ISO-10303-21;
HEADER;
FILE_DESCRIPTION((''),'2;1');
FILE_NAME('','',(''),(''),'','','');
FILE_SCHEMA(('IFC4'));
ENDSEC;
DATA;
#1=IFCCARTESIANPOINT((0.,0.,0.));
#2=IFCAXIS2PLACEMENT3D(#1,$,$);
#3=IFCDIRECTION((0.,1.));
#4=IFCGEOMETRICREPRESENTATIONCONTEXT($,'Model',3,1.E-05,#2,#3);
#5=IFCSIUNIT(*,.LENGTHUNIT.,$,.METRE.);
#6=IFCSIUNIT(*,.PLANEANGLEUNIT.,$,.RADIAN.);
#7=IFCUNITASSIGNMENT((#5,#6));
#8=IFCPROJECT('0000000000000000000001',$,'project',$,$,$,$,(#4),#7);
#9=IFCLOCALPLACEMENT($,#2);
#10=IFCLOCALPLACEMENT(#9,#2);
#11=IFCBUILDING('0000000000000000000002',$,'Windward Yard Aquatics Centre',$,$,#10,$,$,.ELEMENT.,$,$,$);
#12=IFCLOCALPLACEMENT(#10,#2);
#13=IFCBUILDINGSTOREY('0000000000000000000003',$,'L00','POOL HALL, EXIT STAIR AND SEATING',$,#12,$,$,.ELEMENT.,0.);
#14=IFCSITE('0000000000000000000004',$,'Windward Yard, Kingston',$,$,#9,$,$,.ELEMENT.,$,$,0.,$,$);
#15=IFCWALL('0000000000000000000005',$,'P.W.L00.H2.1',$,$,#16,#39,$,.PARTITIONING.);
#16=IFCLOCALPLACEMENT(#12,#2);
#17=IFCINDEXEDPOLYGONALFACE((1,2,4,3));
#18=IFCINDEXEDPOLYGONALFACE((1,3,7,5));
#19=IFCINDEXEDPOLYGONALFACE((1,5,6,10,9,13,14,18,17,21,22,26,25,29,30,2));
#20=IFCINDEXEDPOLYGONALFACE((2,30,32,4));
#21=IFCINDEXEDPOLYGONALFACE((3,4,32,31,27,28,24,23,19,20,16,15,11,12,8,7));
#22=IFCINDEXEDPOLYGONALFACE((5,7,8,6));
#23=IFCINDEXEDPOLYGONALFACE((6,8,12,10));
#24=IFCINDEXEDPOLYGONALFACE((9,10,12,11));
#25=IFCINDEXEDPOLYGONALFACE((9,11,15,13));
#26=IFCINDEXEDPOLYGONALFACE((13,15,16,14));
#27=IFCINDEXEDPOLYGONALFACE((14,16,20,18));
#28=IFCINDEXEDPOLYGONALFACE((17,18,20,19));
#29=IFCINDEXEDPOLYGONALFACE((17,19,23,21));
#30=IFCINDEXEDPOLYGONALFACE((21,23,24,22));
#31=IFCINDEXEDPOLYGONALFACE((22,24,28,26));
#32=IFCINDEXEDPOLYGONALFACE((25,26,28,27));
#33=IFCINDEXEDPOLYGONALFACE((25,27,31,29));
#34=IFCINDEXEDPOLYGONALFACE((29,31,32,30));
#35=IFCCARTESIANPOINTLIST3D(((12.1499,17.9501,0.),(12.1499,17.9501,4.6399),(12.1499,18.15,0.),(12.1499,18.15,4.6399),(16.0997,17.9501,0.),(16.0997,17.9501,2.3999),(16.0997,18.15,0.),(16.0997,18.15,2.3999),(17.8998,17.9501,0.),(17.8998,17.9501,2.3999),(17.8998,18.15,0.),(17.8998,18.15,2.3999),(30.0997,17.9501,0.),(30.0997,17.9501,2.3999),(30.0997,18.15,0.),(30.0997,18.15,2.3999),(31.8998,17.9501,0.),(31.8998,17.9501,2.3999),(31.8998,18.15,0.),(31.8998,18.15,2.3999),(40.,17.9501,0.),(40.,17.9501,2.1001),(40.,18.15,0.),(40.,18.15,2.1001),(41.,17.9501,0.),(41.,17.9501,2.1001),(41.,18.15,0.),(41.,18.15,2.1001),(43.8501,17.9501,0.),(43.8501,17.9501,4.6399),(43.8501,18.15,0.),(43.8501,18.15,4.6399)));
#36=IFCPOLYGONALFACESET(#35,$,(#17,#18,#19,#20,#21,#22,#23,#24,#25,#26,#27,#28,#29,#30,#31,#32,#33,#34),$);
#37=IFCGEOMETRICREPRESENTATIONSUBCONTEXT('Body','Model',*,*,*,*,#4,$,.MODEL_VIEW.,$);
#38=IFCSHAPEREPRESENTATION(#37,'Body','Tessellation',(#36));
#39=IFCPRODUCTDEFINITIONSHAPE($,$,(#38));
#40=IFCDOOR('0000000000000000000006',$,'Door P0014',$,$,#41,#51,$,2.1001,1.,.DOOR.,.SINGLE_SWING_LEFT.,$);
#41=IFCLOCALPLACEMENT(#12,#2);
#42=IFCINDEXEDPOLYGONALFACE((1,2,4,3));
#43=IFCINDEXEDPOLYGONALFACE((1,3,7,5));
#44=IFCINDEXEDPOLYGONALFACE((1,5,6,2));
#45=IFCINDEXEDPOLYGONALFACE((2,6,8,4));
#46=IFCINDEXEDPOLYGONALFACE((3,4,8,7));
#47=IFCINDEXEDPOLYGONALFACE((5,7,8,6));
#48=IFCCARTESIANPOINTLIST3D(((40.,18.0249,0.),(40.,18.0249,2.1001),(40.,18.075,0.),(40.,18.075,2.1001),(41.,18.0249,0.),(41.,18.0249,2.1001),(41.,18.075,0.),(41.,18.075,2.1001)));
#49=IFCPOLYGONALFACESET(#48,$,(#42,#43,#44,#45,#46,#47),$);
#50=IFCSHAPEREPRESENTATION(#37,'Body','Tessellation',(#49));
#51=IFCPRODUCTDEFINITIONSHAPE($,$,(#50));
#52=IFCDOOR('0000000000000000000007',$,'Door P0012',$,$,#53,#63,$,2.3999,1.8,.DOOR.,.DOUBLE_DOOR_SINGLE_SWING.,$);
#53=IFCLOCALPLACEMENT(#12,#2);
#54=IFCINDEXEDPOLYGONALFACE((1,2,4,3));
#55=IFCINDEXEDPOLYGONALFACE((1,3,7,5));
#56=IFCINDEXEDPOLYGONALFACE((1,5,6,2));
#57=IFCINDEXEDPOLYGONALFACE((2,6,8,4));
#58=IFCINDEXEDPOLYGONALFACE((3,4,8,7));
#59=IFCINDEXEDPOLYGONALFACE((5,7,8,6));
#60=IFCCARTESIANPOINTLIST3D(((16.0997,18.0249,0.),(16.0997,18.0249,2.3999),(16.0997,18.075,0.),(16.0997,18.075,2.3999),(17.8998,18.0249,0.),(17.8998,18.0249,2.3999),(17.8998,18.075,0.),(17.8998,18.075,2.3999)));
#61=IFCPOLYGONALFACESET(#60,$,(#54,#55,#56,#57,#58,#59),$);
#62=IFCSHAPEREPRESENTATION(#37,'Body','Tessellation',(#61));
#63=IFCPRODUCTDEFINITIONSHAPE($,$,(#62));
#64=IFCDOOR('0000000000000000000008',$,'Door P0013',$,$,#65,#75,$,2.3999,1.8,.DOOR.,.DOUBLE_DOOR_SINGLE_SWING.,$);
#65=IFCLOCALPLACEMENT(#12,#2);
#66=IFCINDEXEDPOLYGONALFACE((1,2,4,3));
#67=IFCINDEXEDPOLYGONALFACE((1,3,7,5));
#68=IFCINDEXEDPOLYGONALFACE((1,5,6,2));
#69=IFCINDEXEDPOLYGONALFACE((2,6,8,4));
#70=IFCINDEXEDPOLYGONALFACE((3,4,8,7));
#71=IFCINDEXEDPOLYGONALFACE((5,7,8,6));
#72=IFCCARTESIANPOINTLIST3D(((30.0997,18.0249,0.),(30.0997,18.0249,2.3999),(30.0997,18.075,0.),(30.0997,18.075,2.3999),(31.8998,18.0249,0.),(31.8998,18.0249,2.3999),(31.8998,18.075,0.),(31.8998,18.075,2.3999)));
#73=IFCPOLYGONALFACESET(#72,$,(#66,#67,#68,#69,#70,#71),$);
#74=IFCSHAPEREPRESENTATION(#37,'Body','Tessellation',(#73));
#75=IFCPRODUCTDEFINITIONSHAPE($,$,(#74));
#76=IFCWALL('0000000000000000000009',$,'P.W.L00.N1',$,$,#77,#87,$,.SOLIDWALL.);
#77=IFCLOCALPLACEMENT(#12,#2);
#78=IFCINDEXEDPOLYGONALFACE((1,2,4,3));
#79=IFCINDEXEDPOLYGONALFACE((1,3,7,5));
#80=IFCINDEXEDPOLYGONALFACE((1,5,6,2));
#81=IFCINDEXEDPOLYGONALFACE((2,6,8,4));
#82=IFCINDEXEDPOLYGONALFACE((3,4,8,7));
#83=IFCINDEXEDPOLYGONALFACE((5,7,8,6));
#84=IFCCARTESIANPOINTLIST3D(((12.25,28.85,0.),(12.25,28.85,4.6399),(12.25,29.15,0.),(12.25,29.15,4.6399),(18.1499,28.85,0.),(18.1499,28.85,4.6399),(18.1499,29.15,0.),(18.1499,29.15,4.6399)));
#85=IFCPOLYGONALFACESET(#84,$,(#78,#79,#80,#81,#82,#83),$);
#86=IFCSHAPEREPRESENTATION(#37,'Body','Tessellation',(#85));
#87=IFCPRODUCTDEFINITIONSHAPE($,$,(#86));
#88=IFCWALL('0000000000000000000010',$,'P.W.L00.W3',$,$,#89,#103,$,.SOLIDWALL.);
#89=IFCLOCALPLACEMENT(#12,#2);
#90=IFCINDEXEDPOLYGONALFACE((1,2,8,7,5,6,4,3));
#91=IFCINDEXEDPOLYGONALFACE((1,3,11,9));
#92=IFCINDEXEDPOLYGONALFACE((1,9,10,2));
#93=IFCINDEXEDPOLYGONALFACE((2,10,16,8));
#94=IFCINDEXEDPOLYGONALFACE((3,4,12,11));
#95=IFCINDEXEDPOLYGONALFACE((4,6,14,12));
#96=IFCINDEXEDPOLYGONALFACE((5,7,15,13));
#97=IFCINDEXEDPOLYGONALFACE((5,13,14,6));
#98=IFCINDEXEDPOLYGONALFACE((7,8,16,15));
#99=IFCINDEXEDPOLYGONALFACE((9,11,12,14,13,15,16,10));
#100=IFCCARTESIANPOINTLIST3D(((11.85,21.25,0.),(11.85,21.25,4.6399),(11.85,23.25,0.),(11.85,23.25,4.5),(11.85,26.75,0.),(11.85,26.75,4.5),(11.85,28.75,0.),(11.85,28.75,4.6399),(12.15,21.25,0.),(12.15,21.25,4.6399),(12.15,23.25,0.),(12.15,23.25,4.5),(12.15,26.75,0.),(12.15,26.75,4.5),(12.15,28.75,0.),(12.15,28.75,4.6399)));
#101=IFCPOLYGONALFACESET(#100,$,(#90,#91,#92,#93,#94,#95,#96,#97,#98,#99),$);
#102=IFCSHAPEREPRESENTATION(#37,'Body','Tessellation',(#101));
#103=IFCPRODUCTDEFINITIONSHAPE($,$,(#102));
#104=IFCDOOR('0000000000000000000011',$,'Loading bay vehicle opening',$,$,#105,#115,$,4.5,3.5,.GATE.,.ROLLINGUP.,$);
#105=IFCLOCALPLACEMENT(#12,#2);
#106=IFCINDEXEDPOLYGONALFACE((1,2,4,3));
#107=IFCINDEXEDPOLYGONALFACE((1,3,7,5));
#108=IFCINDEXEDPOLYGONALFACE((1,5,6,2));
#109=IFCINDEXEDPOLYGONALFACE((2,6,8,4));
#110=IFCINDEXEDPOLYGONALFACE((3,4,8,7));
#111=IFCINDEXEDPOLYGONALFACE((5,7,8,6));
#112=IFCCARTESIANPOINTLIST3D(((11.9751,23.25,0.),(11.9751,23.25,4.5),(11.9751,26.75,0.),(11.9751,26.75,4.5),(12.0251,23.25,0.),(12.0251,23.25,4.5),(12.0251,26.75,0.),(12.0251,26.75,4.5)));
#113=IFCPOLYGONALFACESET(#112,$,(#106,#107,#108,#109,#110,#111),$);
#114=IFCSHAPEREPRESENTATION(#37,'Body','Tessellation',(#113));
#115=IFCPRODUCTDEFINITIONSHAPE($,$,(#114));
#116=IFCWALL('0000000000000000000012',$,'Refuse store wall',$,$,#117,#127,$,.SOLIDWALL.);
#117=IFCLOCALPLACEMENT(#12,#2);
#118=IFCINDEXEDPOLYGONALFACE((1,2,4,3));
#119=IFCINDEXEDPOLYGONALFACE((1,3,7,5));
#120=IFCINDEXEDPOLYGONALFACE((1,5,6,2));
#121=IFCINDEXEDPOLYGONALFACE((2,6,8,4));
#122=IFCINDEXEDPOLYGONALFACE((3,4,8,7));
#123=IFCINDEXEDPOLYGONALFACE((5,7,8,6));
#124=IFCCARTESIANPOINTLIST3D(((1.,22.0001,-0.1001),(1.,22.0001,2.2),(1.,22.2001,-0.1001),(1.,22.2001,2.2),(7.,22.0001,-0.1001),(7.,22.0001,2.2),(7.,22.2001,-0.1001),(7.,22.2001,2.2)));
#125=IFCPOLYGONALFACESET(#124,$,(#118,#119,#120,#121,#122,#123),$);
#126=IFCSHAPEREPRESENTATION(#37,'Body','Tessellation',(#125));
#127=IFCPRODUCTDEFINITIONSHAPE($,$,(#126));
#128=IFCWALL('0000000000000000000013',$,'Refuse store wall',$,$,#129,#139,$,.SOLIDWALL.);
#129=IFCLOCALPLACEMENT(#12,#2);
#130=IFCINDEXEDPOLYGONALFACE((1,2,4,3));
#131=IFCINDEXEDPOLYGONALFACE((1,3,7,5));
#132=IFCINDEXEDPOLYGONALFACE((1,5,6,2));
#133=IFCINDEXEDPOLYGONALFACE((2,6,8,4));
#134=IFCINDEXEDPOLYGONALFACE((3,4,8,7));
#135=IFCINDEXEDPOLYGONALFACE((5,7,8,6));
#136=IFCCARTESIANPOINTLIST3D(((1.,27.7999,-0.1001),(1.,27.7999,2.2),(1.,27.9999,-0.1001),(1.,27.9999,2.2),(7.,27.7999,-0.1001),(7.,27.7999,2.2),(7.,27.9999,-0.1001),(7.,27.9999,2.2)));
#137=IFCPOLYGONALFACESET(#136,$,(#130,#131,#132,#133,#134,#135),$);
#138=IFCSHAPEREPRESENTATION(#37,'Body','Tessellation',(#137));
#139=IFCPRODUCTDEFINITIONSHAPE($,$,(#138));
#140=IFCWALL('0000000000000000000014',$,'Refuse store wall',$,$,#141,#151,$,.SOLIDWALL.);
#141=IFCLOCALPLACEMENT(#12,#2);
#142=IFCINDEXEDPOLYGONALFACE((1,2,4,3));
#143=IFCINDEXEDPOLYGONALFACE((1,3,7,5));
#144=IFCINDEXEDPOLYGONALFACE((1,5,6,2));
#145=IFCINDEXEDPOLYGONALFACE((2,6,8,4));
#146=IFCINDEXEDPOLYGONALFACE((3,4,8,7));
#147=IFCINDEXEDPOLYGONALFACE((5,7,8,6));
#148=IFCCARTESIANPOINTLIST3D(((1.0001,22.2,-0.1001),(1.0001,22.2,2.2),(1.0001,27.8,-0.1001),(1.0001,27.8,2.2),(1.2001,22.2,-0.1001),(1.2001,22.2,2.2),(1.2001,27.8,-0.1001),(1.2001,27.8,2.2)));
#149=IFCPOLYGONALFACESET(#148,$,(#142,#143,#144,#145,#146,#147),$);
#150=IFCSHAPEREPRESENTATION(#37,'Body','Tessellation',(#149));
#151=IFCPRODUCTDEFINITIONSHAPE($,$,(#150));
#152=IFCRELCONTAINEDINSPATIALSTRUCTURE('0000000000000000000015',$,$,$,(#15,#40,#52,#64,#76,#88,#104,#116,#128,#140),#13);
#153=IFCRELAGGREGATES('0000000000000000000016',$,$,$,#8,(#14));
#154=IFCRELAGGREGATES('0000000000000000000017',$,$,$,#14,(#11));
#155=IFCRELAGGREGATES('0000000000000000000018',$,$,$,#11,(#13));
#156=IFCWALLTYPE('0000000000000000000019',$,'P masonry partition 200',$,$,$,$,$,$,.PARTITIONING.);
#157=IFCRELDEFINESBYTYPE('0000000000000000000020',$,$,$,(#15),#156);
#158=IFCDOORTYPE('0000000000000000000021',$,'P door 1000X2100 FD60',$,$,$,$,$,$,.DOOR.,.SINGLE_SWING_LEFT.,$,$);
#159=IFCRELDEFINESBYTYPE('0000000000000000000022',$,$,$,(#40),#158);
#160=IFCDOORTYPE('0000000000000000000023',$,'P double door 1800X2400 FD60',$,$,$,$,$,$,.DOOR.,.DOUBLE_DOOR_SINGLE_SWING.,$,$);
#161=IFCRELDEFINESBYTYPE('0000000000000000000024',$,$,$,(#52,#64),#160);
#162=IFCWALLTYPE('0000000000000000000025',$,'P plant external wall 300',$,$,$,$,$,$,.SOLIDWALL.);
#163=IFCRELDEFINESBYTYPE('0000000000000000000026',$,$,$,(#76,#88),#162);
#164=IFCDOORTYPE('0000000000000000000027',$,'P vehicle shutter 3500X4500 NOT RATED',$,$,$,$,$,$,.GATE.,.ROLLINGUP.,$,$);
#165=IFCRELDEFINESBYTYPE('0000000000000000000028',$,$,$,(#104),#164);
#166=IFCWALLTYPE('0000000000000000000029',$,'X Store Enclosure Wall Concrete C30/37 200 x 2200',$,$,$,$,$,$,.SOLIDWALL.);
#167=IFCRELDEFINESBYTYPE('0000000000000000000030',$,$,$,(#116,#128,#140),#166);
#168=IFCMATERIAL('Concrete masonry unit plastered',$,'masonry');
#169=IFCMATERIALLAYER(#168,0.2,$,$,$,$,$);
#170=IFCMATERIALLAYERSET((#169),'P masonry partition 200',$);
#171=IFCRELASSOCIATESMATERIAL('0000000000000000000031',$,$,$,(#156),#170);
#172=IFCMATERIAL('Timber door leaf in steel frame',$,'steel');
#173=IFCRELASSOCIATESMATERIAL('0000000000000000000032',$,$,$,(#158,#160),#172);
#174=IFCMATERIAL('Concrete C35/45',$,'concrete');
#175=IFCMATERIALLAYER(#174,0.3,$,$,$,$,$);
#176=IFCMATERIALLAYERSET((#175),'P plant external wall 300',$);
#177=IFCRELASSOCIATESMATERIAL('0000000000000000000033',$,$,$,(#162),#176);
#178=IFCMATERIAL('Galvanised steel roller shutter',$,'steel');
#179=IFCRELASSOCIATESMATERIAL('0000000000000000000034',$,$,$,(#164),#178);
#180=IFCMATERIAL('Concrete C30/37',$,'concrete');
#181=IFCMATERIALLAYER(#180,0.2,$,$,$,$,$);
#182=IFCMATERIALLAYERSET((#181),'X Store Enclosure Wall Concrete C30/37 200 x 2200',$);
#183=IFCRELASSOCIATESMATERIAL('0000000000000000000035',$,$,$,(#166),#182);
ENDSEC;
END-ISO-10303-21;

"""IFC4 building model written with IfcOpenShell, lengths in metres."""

from ifc_helpers import new_model, si_unit, direction, frame, frame_2d, origin, place, context, subcontext, project, spatial, rectangle, extrude, material, layer, layer_set, type_object, element, fill, save


model = new_model("IFC4")

# Units and contexts
model_context = context("Model", 3, precision=1e-05, world=origin(), true_north=direction((0.0, 1.0)))
body_context = subcontext(model_context, "Body", "Model", "MODEL_VIEW")
ifc_project = project(units=[si_unit("LENGTHUNIT", "METRE"), si_unit("PLANEANGLEUNIT", "RADIAN")], contexts=[model_context])

# Site, building, storey
site_placement = place(None, origin())
site = spatial("IfcSite", under=ifc_project, at=site_placement, Name="Windward Yard, Kingston", CompositionType="ELEMENT", RefElevation=0.0)
building_placement = place(site_placement, origin())
building = spatial("IfcBuilding", under=site, at=building_placement, Name="Windward Yard Aquatics Centre", CompositionType="ELEMENT")
storey_placement = place(building_placement, origin())
storey = spatial("IfcBuildingStorey", under=building, at=storey_placement, Name="L00", Description="POOL HALL, EXIT STAIR AND SEATING", CompositionType="ELEMENT", Elevation=0.0)

# Shared definitions
ifc_material_1 = material(Name="Concrete C35/45", Category="concrete")

# Wall, openings, doors
ifc_material_2 = material(Name="Concrete masonry unit plastered", Category="masonry")
ifc_layer_1 = layer(ifc_material_2, 0.2)
ifc_layer_set_1 = layer_set([ifc_layer_1], Name="P masonry partition 200")
wall_type_1 = type_object("IfcWallType", Name="P masonry partition 200", PredefinedType="PARTITIONING", material=ifc_layer_set_1)
ifc_material_3 = material(Name="Timber door leaf in steel frame", Category="steel")
door_type_1 = type_object("IfcDoorType", Name="P door 1000X2100 FD60", OperationType="SINGLE_SWING_LEFT", PredefinedType="DOOR", material=ifc_material_3)
door_type_2 = type_object("IfcDoorType", Name="P double door 1800X2400 FD60", OperationType="DOUBLE_DOOR_SINGLE_SWING", PredefinedType="DOOR", material=ifc_material_3)
wall_1_placement = place(storey_placement, frame((12.1499, 18.05, 0.0), z_axis=(0.0, 0.0, 1.0), x_axis=(1.0, 0.0, 0.0)))
wall_1 = element("IfcWall", 1, at=wall_1_placement, inside=storey, type_object=wall_type_1, Name="P.W.L00.H2.1", PredefinedType="PARTITIONING", context=body_context, shape_type="SweptSolid", body=[
    extrude(rectangle(XDim=31.7002, YDim=0.2, at=frame_2d((15.8501, 0.0))), origin(), (0.0, 0.0, 1.0), 4.6399),
])
opening_1_placement = place(wall_1_placement, frame((3.95, 0.0, 0.0)))
opening_1 = element("IfcOpeningElement", 2, at=opening_1_placement, cuts=wall_1, PredefinedType="OPENING", context=body_context, shape_type="SweptSolid", body=[
    extrude(rectangle(XDim=1.8, YDim=2.3999, at=frame_2d((0.8999, 1.2))), frame((0.0, 0.1099, 0.0), z_axis=(0.0, -1.0, 0.0), x_axis=(1.0, 0.0, 0.0)), (0.0, 0.0, 1.0), 0.22),
])
opening_2_placement = place(wall_1_placement, frame((17.95, 0.0, 0.0)))
opening_2 = element("IfcOpeningElement", 3, at=opening_2_placement, cuts=wall_1, PredefinedType="OPENING", context=body_context, shape_type="SweptSolid", body=[
    extrude(rectangle(XDim=1.8, YDim=2.3999, at=frame_2d((0.8999, 1.2))), frame((0.0, 0.1099, 0.0), z_axis=(0.0, -1.0, 0.0), x_axis=(1.0, 0.0, 0.0)), (0.0, 0.0, 1.0), 0.22),
])
opening_3_placement = place(wall_1_placement, frame((27.8501, 0.0, 0.0)))
opening_3 = element("IfcOpeningElement", 4, at=opening_3_placement, cuts=wall_1, PredefinedType="OPENING", context=body_context, shape_type="SweptSolid", body=[
    extrude(rectangle(XDim=1.0, YDim=2.1001, at=frame_2d((0.5, 1.05))), frame((0.0, 0.1099, 0.0), z_axis=(0.0, -1.0, 0.0), x_axis=(1.0, 0.0, 0.0)), (0.0, 0.0, 1.0), 0.22),
])
door_1_placement = place(opening_3_placement, origin())
door_1 = element("IfcDoor", 5, at=door_1_placement, inside=storey, type_object=door_type_1, Name="Door P0014", OperationType="SINGLE_SWING_LEFT", OverallHeight=2.1001, OverallWidth=1.0, PredefinedType="DOOR", context=body_context, shape_type="SweptSolid", body=[
    extrude(rectangle(XDim=1.0, YDim=2.1001, at=frame_2d((0.5, 1.05))), frame((0.0, 0.0249, 0.0), z_axis=(0.0, -1.0, 0.0), x_axis=(1.0, 0.0, 0.0)), (0.0, 0.0, 1.0), 0.05),
])
fill(opening_3, door_1)
door_2_placement = place(opening_1_placement, origin())
door_2 = element("IfcDoor", 6, at=door_2_placement, inside=storey, type_object=door_type_2, Name="Door P0012", OperationType="DOUBLE_DOOR_SINGLE_SWING", OverallHeight=2.3999, OverallWidth=1.8, PredefinedType="DOOR", context=body_context, shape_type="SweptSolid", body=[
    extrude(rectangle(XDim=1.8, YDim=2.3999, at=frame_2d((0.8999, 1.2))), frame((0.0, 0.0249, 0.0), z_axis=(0.0, -1.0, 0.0), x_axis=(1.0, 0.0, 0.0)), (0.0, 0.0, 1.0), 0.05),
])
fill(opening_1, door_2)
door_3_placement = place(opening_2_placement, origin())
door_3 = element("IfcDoor", 7, at=door_3_placement, inside=storey, type_object=door_type_2, Name="Door P0013", OperationType="DOUBLE_DOOR_SINGLE_SWING", OverallHeight=2.3999, OverallWidth=1.8, PredefinedType="DOOR", context=body_context, shape_type="SweptSolid", body=[
    extrude(rectangle(XDim=1.8, YDim=2.3999, at=frame_2d((0.8999, 1.2))), frame((0.0, 0.0249, 0.0), z_axis=(0.0, -1.0, 0.0), x_axis=(1.0, 0.0, 0.0)), (0.0, 0.0, 1.0), 0.05),
])
fill(opening_2, door_3)

# Wall
ifc_layer_2 = layer(ifc_material_1, 0.3)
ifc_layer_set_2 = layer_set([ifc_layer_2], Name="P plant external wall 300")
wall_type_2 = type_object("IfcWallType", Name="P plant external wall 300", PredefinedType="SOLIDWALL", material=ifc_layer_set_2)
wall_2_placement = place(storey_placement, frame((12.25, 29.0, 0.0), z_axis=(0.0, 0.0, 1.0), x_axis=(1.0, 0.0, 0.0)))
element("IfcWall", 8, at=wall_2_placement, inside=storey, type_object=wall_type_2, Name="P.W.L00.N1", PredefinedType="SOLIDWALL", context=body_context, shape_type="SweptSolid", body=[
    extrude(rectangle(XDim=5.8999, YDim=0.3, at=frame_2d((2.95, 0.0))), origin(), (0.0, 0.0, 1.0), 4.6399),
])

# Wall, opening, door
wall_3_placement = place(storey_placement, frame((12.0, 21.25, 0.0), z_axis=(0.0, 0.0, 1.0), x_axis=(0.0, 1.0, 0.0)))
wall_3 = element("IfcWall", 9, at=wall_3_placement, inside=storey, type_object=wall_type_2, Name="P.W.L00.W3", PredefinedType="SOLIDWALL", context=body_context, shape_type="SweptSolid", body=[
    extrude(rectangle(XDim=7.5, YDim=0.3, at=frame_2d((3.75, 0.0))), origin(), (0.0, 0.0, 1.0), 4.6399),
])
opening_4_placement = place(wall_3_placement, frame((2.0, 0.0, 0.0)))
opening_4 = element("IfcOpeningElement", 10, at=opening_4_placement, cuts=wall_3, PredefinedType="OPENING", context=body_context, shape_type="SweptSolid", body=[
    extrude(rectangle(XDim=3.5, YDim=4.5, at=frame_2d((1.75, 2.25))), frame((0.0, 0.1602, 0.0), z_axis=(0.0, -1.0, 0.0), x_axis=(1.0, 0.0, 0.0)), (0.0, 0.0, 1.0), 0.3201),
])
ifc_material_4 = material(Name="Galvanised steel roller shutter", Category="steel")
door_type_3 = type_object("IfcDoorType", Name="P vehicle shutter 3500X4500 NOT RATED", OperationType="ROLLINGUP", PredefinedType="GATE", material=ifc_material_4)
door_4_placement = place(opening_4_placement, origin())
door_4 = element("IfcDoor", 11, at=door_4_placement, inside=storey, type_object=door_type_3, Name="Loading bay vehicle opening", OperationType="ROLLINGUP", OverallHeight=4.5, OverallWidth=3.5, PredefinedType="GATE", context=body_context, shape_type="SweptSolid", body=[
    extrude(rectangle(XDim=3.5, YDim=4.5, at=frame_2d((1.75, 2.25))), frame((0.0, 0.0249, 0.0), z_axis=(0.0, -1.0, 0.0), x_axis=(1.0, 0.0, 0.0)), (0.0, 0.0, 1.0), 0.05),
])
fill(opening_4, door_4)

# Walls
ifc_material_5 = material(Name="Concrete C30/37", Category="concrete")
ifc_layer_3 = layer(ifc_material_5, 0.2)
ifc_layer_set_3 = layer_set([ifc_layer_3], Name="X Store Enclosure Wall Concrete C30/37 200 x 2200")
wall_type_3 = type_object("IfcWallType", Name="X Store Enclosure Wall Concrete C30/37 200 x 2200", PredefinedType="SOLIDWALL", material=ifc_layer_set_3)
for number, where, z_axis, x_axis, name in (
    (12, (1.0, 22.1001, -0.1001), (0.0, 0.0, 1.0), (1.0, 0.0, 0.0), "Refuse store wall"),
    (13, (1.0, 27.8999, -0.1001), (0.0, 0.0, 1.0), (1.0, 0.0, 0.0), "Refuse store wall"),
):
    element("IfcWall", number, at=place(storey_placement, frame(where, z_axis=z_axis, x_axis=x_axis)), inside=storey, type_object=wall_type_3, Name=name, PredefinedType="SOLIDWALL", context=body_context, shape_type="SweptSolid", body=[
        extrude(rectangle(XDim=6.0, YDim=0.2, at=frame_2d((3.0, 0.0))), origin(), (0.0, 0.0, 1.0), 2.3),
    ])
wall_4_placement = place(storey_placement, frame((1.1001, 22.2, -0.1001), z_axis=(0.0, 0.0, 1.0), x_axis=(0.0, 1.0, 0.0)))
element("IfcWall", 14, at=wall_4_placement, inside=storey, type_object=wall_type_3, Name="Refuse store wall", PredefinedType="SOLIDWALL", context=body_context, shape_type="SweptSolid", body=[
    extrude(rectangle(XDim=5.6001, YDim=0.2, at=frame_2d((2.8, 0.0))), origin(), (0.0, 0.0, 1.0), 2.3),
])

save(model, "model.ifc")
